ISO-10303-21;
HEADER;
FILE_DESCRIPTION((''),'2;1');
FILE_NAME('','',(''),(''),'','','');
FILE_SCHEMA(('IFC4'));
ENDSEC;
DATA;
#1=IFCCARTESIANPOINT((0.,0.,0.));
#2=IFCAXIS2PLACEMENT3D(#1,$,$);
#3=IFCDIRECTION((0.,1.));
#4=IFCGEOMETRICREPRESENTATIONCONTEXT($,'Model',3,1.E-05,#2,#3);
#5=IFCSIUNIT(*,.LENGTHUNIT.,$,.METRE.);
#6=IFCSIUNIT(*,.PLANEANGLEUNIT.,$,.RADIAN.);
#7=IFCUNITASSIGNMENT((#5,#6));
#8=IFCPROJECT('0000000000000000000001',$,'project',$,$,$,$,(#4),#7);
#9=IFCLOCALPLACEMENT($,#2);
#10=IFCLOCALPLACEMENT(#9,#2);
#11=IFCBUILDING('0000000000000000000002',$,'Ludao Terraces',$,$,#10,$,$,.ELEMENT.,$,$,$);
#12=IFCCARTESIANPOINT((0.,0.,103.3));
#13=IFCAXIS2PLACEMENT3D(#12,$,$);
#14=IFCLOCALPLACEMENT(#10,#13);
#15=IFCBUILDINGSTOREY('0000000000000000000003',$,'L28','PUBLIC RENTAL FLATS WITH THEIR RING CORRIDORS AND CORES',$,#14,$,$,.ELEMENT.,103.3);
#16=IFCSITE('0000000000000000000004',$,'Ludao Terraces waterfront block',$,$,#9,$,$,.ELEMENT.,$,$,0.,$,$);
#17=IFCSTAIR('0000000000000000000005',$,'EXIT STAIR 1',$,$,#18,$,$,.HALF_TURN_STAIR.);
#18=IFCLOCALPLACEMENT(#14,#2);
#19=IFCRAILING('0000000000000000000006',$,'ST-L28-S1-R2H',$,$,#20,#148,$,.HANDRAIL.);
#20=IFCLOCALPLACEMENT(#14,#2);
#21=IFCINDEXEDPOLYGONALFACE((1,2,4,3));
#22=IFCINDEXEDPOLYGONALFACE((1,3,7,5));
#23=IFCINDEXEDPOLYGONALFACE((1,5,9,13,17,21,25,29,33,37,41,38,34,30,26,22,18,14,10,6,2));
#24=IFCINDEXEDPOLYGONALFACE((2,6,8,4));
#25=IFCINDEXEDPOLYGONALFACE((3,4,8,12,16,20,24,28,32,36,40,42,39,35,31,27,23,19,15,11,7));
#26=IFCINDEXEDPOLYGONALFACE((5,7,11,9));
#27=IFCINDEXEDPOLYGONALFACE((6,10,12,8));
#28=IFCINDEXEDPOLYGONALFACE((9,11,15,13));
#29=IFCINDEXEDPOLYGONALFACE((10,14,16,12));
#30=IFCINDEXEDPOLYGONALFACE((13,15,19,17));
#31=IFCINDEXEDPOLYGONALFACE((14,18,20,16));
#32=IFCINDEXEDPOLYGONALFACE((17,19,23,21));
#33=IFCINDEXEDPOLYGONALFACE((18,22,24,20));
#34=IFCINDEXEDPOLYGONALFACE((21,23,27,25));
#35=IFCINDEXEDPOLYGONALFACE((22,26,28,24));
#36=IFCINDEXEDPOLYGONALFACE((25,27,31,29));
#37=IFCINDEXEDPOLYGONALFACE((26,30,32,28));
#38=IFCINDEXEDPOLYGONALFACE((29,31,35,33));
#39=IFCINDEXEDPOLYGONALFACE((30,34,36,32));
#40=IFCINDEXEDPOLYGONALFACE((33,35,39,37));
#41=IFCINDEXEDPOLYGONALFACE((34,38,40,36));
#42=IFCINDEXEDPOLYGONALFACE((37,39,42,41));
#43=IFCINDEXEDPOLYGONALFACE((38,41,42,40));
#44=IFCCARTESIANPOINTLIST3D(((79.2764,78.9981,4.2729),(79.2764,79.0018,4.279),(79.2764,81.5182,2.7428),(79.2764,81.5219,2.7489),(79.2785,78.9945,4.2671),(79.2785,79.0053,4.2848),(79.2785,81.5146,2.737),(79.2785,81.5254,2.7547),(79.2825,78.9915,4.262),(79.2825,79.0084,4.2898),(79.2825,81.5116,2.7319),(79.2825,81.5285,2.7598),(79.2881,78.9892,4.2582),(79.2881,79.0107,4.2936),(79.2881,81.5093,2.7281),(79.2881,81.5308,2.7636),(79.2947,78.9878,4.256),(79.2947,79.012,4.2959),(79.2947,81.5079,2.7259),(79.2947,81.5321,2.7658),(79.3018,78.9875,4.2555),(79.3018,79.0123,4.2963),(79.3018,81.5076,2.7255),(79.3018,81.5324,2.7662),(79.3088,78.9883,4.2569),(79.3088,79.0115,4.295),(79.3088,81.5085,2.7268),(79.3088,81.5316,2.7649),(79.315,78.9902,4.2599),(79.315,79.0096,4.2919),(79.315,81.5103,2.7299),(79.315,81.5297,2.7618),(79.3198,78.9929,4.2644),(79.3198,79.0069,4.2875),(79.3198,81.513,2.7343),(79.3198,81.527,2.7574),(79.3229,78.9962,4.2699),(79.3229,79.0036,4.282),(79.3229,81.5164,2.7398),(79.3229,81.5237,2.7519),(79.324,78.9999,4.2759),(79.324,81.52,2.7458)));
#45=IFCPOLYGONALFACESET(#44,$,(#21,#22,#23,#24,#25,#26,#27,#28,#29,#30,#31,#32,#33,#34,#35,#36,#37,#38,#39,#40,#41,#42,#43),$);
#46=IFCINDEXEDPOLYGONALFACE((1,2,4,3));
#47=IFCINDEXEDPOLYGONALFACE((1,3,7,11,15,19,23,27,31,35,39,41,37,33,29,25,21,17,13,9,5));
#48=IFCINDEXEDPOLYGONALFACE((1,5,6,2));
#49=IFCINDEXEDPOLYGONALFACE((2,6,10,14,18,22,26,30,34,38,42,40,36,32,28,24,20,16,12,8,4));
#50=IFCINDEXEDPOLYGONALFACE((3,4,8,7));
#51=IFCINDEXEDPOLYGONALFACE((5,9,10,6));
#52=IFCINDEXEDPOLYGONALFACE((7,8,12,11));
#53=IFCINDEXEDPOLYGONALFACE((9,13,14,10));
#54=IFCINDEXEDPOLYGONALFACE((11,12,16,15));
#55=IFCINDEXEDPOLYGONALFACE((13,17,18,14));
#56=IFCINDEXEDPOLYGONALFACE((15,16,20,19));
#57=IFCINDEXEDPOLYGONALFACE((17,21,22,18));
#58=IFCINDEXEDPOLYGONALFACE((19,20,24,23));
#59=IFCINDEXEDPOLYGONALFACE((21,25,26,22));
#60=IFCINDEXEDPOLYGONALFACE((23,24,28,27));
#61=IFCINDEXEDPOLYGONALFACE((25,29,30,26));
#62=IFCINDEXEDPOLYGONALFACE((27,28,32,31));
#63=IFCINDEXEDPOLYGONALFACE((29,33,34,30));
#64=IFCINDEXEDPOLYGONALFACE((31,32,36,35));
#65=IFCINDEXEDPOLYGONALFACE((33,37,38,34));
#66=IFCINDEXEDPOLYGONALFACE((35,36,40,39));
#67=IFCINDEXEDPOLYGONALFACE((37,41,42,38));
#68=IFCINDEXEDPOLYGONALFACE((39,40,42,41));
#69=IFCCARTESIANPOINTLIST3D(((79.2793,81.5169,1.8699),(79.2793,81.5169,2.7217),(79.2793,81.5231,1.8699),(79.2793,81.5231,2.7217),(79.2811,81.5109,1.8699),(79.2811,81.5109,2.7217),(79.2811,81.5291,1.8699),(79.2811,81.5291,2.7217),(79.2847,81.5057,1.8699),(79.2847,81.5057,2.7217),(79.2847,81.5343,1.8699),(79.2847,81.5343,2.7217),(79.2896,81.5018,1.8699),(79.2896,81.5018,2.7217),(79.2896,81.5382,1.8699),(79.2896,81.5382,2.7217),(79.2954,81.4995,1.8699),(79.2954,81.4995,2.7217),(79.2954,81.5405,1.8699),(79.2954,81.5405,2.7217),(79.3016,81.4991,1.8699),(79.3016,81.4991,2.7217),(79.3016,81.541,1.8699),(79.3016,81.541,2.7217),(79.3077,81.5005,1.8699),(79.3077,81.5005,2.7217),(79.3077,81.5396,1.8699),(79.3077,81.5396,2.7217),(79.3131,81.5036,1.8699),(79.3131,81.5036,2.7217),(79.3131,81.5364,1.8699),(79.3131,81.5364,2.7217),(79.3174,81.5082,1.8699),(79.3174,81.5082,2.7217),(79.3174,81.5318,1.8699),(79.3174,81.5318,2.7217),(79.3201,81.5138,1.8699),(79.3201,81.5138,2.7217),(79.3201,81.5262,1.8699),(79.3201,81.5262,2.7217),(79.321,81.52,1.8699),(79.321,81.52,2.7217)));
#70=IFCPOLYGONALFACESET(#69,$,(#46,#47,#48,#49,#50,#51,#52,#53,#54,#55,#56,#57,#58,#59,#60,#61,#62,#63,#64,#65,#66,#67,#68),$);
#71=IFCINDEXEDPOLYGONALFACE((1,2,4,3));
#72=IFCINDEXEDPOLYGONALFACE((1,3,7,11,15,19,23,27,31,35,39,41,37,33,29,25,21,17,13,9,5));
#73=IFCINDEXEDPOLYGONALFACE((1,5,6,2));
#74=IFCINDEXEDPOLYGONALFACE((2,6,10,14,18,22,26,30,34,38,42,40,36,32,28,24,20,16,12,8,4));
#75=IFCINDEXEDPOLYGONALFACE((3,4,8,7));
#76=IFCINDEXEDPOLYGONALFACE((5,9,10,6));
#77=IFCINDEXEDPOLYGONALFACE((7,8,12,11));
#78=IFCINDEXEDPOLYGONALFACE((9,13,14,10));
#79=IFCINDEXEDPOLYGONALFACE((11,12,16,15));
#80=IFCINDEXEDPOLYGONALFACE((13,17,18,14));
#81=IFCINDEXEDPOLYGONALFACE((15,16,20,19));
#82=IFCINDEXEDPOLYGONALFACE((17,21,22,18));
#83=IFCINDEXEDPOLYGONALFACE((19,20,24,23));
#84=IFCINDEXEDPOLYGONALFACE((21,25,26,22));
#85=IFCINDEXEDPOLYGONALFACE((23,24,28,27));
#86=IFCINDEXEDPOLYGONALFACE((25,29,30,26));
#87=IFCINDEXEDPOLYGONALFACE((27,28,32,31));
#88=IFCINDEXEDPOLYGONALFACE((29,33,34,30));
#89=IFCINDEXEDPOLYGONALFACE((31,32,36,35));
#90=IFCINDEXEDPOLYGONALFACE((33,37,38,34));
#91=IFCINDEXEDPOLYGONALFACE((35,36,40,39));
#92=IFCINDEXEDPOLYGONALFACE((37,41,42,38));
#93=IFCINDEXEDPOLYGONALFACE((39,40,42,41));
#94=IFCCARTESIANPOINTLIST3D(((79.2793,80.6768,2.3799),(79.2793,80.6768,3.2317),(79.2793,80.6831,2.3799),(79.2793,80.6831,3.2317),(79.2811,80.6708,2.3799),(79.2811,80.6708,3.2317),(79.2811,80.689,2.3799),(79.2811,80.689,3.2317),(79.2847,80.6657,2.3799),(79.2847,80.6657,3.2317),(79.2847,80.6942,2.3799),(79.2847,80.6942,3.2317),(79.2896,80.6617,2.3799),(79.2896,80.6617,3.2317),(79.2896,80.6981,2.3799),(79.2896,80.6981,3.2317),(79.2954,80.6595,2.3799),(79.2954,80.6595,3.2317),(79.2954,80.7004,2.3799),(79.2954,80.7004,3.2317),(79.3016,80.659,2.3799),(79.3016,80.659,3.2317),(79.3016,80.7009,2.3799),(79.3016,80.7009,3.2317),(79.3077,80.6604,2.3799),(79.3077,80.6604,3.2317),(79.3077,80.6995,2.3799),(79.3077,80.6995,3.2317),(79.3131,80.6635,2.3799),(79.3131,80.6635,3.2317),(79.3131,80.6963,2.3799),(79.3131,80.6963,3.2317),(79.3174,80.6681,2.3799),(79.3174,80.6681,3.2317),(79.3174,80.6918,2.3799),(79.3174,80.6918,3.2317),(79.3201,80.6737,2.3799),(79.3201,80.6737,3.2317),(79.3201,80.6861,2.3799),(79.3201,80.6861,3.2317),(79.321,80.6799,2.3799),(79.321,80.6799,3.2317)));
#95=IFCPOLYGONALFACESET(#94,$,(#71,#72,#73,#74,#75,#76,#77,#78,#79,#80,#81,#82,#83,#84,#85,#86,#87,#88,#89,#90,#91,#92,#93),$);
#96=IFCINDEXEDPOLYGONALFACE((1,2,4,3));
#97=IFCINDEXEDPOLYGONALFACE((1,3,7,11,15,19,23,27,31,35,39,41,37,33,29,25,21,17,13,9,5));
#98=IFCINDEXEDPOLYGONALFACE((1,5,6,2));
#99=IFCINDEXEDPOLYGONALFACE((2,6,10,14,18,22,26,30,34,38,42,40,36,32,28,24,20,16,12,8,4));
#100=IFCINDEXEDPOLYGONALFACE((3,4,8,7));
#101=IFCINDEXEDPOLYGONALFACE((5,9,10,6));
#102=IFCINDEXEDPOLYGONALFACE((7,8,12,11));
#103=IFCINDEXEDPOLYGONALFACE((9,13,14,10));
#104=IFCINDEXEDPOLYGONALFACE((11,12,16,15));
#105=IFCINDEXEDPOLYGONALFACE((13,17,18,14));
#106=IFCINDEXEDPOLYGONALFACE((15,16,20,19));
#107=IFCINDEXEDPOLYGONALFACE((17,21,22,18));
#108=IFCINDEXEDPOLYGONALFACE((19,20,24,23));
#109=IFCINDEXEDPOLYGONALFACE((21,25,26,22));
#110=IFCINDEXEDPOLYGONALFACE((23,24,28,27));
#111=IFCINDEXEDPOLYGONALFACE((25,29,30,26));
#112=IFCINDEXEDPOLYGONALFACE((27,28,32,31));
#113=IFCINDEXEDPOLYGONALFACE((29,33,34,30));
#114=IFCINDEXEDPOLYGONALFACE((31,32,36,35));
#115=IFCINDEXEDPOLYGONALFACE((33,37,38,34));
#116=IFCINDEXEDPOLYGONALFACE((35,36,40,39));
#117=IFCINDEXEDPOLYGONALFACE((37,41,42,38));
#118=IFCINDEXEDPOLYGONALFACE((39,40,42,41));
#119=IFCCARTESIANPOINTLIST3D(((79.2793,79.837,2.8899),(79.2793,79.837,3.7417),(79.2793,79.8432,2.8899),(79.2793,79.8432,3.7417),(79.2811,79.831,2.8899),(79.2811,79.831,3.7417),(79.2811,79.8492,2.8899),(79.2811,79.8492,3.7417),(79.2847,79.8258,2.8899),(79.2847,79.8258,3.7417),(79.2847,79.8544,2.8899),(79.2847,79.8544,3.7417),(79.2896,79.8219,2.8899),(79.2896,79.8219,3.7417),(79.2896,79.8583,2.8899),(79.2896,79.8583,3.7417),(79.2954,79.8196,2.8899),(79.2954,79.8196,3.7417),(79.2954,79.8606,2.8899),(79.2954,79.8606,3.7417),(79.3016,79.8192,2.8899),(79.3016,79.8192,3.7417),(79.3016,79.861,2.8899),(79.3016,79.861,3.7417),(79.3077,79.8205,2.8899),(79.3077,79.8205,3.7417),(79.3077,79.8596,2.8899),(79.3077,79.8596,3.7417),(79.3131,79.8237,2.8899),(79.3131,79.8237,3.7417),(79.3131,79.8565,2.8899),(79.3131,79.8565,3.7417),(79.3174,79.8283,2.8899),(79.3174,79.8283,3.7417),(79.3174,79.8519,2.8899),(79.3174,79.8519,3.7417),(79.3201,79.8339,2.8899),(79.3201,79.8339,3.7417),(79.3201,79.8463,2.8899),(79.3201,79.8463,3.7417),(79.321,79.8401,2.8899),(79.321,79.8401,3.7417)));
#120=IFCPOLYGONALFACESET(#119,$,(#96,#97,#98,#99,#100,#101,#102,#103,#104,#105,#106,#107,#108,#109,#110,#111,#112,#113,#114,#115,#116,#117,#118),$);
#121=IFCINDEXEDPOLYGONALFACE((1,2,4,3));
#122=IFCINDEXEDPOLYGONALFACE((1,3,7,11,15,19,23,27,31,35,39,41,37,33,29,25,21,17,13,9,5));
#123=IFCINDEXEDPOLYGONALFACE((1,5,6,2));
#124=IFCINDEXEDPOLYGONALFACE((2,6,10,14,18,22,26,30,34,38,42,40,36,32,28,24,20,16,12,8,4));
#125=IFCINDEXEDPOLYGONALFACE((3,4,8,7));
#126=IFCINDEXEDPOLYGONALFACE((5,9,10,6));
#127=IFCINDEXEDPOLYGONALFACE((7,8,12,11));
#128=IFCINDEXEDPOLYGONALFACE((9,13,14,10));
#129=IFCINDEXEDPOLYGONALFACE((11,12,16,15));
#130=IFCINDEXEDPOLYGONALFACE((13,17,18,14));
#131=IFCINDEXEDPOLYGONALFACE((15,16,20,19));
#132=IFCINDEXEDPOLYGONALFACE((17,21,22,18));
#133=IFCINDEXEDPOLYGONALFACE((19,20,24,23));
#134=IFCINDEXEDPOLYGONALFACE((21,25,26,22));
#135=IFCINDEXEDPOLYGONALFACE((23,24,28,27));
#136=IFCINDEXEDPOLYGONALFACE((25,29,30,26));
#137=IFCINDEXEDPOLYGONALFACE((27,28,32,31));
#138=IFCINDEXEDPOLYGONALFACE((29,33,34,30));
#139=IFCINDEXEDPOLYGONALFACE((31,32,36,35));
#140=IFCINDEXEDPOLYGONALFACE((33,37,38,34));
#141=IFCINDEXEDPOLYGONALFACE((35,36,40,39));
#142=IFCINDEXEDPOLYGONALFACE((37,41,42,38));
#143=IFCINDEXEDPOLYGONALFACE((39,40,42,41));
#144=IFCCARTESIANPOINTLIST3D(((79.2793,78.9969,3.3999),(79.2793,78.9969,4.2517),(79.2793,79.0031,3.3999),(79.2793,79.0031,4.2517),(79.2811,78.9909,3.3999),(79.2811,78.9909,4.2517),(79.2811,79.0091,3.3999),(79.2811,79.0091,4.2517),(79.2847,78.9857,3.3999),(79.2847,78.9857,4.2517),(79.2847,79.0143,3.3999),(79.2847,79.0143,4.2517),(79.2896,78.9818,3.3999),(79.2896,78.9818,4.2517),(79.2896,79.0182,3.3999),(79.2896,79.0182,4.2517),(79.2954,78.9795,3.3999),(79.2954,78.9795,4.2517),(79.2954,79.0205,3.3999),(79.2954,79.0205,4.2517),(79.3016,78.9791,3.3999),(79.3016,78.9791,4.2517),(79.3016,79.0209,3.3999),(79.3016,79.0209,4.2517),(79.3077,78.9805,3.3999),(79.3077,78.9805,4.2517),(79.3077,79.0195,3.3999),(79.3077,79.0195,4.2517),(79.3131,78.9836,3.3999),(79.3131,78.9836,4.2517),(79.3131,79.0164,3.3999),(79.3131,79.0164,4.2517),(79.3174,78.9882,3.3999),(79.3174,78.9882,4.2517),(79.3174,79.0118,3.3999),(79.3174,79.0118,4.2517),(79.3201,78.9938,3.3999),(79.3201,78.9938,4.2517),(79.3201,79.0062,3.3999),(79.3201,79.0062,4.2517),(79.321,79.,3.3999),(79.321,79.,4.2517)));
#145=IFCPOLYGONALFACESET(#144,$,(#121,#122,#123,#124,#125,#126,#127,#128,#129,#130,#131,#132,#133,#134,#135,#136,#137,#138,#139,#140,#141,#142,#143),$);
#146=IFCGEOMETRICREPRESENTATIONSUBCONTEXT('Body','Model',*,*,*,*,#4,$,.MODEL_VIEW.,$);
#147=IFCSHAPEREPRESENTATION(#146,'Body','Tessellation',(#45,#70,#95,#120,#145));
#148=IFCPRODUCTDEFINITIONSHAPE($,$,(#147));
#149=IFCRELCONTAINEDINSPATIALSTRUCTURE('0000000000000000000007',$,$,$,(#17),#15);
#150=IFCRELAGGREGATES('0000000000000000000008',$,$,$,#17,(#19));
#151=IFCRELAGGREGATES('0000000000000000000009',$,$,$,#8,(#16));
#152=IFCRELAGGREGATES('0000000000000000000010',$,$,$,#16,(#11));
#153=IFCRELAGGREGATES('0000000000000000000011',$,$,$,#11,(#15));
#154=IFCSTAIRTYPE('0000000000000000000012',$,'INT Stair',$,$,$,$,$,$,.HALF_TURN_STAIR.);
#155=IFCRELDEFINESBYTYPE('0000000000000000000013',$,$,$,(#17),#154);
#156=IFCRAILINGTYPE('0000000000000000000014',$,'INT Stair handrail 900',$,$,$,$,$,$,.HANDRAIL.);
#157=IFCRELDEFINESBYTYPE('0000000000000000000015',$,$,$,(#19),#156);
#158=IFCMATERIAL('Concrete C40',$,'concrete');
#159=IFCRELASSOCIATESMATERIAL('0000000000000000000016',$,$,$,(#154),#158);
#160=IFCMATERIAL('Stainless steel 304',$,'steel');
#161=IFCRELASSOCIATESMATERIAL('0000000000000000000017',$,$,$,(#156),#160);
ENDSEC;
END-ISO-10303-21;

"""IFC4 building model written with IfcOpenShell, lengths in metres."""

from ifc_helpers import new_model, si_unit, direction, frame, origin, origin_2d, place, context, subcontext, project, spatial, circle, extrude, material, type_object, element, aggregate, save


model = new_model("IFC4")

# Units and contexts
model_context = context("Model", 3, precision=1e-05, world=origin(), true_north=direction((0.0, 1.0)))
body_context = subcontext(model_context, "Body", "Model", "MODEL_VIEW")
ifc_project = project(units=[si_unit("LENGTHUNIT", "METRE"), si_unit("PLANEANGLEUNIT", "RADIAN")], contexts=[model_context])

# Site, building, storey
site_placement = place(None, origin())
site = spatial("IfcSite", under=ifc_project, at=site_placement, Name="Ludao Terraces waterfront block", CompositionType="ELEMENT", RefElevation=0.0)
building_placement = place(site_placement, origin())
building = spatial("IfcBuilding", under=site, at=building_placement, Name="Ludao Terraces", CompositionType="ELEMENT")
storey_placement = place(building_placement, frame((0.0, 0.0, 103.3)))
storey = spatial("IfcBuildingStorey", under=building, at=storey_placement, Name="L28", Description="PUBLIC RENTAL FLATS WITH THEIR RING CORRIDORS AND CORES", CompositionType="ELEMENT", Elevation=103.3)

# Stair, railing
ifc_material_1 = material(Name="Concrete C40", Category="concrete")
stair_type = type_object("IfcStairType", Name="INT Stair", PredefinedType="HALF_TURN_STAIR", material=ifc_material_1)
stair_placement = place(storey_placement, origin())
stair = element("IfcStair", 1, at=stair_placement, inside=storey, type_object=stair_type, Name="EXIT STAIR 1", PredefinedType="HALF_TURN_STAIR")
ifc_material_2 = material(Name="Stainless steel 304", Category="steel")
railing_type_1 = type_object("IfcRailingType", Name="INT Stair handrail 900", PredefinedType="HANDRAIL", material=ifc_material_2)
railing_1_placement = place(storey_placement, frame((79.3, 81.52, 1.8699)))
railing_1 = element("IfcRailing", 2, at=railing_1_placement, type_object=railing_type_1, Name="ST-L28-S1-R2H", PredefinedType="HANDRAIL", context=body_context, shape_type="SweptSolid", body=[
    extrude(circle(Radius=0.0239, at=origin_2d()), frame((0.0, 0.0, 0.876), z_axis=(0.0, -0.854785, 0.518982), x_axis=(1.0, 0.0, 0.0)), (0.0, 0.0, 1.0), 2.9482),
    extrude(circle(Radius=0.021, at=origin_2d()), origin(), (0.0, 0.0, 1.0), 0.8518),
    extrude(circle(Radius=0.021, at=origin_2d()), frame((0.0, -0.8401, 0.51)), (0.0, 0.0, 1.0), 0.8518),
    extrude(circle(Radius=0.021, at=origin_2d()), frame((0.0, -1.6799, 1.02)), (0.0, 0.0, 1.0), 0.8518),
    extrude(circle(Radius=0.021, at=origin_2d()), frame((0.0, -2.52, 1.53)), (0.0, 0.0, 1.0), 0.8518),
])
aggregate(stair, [railing_1])

save(model, "model.ifc")
